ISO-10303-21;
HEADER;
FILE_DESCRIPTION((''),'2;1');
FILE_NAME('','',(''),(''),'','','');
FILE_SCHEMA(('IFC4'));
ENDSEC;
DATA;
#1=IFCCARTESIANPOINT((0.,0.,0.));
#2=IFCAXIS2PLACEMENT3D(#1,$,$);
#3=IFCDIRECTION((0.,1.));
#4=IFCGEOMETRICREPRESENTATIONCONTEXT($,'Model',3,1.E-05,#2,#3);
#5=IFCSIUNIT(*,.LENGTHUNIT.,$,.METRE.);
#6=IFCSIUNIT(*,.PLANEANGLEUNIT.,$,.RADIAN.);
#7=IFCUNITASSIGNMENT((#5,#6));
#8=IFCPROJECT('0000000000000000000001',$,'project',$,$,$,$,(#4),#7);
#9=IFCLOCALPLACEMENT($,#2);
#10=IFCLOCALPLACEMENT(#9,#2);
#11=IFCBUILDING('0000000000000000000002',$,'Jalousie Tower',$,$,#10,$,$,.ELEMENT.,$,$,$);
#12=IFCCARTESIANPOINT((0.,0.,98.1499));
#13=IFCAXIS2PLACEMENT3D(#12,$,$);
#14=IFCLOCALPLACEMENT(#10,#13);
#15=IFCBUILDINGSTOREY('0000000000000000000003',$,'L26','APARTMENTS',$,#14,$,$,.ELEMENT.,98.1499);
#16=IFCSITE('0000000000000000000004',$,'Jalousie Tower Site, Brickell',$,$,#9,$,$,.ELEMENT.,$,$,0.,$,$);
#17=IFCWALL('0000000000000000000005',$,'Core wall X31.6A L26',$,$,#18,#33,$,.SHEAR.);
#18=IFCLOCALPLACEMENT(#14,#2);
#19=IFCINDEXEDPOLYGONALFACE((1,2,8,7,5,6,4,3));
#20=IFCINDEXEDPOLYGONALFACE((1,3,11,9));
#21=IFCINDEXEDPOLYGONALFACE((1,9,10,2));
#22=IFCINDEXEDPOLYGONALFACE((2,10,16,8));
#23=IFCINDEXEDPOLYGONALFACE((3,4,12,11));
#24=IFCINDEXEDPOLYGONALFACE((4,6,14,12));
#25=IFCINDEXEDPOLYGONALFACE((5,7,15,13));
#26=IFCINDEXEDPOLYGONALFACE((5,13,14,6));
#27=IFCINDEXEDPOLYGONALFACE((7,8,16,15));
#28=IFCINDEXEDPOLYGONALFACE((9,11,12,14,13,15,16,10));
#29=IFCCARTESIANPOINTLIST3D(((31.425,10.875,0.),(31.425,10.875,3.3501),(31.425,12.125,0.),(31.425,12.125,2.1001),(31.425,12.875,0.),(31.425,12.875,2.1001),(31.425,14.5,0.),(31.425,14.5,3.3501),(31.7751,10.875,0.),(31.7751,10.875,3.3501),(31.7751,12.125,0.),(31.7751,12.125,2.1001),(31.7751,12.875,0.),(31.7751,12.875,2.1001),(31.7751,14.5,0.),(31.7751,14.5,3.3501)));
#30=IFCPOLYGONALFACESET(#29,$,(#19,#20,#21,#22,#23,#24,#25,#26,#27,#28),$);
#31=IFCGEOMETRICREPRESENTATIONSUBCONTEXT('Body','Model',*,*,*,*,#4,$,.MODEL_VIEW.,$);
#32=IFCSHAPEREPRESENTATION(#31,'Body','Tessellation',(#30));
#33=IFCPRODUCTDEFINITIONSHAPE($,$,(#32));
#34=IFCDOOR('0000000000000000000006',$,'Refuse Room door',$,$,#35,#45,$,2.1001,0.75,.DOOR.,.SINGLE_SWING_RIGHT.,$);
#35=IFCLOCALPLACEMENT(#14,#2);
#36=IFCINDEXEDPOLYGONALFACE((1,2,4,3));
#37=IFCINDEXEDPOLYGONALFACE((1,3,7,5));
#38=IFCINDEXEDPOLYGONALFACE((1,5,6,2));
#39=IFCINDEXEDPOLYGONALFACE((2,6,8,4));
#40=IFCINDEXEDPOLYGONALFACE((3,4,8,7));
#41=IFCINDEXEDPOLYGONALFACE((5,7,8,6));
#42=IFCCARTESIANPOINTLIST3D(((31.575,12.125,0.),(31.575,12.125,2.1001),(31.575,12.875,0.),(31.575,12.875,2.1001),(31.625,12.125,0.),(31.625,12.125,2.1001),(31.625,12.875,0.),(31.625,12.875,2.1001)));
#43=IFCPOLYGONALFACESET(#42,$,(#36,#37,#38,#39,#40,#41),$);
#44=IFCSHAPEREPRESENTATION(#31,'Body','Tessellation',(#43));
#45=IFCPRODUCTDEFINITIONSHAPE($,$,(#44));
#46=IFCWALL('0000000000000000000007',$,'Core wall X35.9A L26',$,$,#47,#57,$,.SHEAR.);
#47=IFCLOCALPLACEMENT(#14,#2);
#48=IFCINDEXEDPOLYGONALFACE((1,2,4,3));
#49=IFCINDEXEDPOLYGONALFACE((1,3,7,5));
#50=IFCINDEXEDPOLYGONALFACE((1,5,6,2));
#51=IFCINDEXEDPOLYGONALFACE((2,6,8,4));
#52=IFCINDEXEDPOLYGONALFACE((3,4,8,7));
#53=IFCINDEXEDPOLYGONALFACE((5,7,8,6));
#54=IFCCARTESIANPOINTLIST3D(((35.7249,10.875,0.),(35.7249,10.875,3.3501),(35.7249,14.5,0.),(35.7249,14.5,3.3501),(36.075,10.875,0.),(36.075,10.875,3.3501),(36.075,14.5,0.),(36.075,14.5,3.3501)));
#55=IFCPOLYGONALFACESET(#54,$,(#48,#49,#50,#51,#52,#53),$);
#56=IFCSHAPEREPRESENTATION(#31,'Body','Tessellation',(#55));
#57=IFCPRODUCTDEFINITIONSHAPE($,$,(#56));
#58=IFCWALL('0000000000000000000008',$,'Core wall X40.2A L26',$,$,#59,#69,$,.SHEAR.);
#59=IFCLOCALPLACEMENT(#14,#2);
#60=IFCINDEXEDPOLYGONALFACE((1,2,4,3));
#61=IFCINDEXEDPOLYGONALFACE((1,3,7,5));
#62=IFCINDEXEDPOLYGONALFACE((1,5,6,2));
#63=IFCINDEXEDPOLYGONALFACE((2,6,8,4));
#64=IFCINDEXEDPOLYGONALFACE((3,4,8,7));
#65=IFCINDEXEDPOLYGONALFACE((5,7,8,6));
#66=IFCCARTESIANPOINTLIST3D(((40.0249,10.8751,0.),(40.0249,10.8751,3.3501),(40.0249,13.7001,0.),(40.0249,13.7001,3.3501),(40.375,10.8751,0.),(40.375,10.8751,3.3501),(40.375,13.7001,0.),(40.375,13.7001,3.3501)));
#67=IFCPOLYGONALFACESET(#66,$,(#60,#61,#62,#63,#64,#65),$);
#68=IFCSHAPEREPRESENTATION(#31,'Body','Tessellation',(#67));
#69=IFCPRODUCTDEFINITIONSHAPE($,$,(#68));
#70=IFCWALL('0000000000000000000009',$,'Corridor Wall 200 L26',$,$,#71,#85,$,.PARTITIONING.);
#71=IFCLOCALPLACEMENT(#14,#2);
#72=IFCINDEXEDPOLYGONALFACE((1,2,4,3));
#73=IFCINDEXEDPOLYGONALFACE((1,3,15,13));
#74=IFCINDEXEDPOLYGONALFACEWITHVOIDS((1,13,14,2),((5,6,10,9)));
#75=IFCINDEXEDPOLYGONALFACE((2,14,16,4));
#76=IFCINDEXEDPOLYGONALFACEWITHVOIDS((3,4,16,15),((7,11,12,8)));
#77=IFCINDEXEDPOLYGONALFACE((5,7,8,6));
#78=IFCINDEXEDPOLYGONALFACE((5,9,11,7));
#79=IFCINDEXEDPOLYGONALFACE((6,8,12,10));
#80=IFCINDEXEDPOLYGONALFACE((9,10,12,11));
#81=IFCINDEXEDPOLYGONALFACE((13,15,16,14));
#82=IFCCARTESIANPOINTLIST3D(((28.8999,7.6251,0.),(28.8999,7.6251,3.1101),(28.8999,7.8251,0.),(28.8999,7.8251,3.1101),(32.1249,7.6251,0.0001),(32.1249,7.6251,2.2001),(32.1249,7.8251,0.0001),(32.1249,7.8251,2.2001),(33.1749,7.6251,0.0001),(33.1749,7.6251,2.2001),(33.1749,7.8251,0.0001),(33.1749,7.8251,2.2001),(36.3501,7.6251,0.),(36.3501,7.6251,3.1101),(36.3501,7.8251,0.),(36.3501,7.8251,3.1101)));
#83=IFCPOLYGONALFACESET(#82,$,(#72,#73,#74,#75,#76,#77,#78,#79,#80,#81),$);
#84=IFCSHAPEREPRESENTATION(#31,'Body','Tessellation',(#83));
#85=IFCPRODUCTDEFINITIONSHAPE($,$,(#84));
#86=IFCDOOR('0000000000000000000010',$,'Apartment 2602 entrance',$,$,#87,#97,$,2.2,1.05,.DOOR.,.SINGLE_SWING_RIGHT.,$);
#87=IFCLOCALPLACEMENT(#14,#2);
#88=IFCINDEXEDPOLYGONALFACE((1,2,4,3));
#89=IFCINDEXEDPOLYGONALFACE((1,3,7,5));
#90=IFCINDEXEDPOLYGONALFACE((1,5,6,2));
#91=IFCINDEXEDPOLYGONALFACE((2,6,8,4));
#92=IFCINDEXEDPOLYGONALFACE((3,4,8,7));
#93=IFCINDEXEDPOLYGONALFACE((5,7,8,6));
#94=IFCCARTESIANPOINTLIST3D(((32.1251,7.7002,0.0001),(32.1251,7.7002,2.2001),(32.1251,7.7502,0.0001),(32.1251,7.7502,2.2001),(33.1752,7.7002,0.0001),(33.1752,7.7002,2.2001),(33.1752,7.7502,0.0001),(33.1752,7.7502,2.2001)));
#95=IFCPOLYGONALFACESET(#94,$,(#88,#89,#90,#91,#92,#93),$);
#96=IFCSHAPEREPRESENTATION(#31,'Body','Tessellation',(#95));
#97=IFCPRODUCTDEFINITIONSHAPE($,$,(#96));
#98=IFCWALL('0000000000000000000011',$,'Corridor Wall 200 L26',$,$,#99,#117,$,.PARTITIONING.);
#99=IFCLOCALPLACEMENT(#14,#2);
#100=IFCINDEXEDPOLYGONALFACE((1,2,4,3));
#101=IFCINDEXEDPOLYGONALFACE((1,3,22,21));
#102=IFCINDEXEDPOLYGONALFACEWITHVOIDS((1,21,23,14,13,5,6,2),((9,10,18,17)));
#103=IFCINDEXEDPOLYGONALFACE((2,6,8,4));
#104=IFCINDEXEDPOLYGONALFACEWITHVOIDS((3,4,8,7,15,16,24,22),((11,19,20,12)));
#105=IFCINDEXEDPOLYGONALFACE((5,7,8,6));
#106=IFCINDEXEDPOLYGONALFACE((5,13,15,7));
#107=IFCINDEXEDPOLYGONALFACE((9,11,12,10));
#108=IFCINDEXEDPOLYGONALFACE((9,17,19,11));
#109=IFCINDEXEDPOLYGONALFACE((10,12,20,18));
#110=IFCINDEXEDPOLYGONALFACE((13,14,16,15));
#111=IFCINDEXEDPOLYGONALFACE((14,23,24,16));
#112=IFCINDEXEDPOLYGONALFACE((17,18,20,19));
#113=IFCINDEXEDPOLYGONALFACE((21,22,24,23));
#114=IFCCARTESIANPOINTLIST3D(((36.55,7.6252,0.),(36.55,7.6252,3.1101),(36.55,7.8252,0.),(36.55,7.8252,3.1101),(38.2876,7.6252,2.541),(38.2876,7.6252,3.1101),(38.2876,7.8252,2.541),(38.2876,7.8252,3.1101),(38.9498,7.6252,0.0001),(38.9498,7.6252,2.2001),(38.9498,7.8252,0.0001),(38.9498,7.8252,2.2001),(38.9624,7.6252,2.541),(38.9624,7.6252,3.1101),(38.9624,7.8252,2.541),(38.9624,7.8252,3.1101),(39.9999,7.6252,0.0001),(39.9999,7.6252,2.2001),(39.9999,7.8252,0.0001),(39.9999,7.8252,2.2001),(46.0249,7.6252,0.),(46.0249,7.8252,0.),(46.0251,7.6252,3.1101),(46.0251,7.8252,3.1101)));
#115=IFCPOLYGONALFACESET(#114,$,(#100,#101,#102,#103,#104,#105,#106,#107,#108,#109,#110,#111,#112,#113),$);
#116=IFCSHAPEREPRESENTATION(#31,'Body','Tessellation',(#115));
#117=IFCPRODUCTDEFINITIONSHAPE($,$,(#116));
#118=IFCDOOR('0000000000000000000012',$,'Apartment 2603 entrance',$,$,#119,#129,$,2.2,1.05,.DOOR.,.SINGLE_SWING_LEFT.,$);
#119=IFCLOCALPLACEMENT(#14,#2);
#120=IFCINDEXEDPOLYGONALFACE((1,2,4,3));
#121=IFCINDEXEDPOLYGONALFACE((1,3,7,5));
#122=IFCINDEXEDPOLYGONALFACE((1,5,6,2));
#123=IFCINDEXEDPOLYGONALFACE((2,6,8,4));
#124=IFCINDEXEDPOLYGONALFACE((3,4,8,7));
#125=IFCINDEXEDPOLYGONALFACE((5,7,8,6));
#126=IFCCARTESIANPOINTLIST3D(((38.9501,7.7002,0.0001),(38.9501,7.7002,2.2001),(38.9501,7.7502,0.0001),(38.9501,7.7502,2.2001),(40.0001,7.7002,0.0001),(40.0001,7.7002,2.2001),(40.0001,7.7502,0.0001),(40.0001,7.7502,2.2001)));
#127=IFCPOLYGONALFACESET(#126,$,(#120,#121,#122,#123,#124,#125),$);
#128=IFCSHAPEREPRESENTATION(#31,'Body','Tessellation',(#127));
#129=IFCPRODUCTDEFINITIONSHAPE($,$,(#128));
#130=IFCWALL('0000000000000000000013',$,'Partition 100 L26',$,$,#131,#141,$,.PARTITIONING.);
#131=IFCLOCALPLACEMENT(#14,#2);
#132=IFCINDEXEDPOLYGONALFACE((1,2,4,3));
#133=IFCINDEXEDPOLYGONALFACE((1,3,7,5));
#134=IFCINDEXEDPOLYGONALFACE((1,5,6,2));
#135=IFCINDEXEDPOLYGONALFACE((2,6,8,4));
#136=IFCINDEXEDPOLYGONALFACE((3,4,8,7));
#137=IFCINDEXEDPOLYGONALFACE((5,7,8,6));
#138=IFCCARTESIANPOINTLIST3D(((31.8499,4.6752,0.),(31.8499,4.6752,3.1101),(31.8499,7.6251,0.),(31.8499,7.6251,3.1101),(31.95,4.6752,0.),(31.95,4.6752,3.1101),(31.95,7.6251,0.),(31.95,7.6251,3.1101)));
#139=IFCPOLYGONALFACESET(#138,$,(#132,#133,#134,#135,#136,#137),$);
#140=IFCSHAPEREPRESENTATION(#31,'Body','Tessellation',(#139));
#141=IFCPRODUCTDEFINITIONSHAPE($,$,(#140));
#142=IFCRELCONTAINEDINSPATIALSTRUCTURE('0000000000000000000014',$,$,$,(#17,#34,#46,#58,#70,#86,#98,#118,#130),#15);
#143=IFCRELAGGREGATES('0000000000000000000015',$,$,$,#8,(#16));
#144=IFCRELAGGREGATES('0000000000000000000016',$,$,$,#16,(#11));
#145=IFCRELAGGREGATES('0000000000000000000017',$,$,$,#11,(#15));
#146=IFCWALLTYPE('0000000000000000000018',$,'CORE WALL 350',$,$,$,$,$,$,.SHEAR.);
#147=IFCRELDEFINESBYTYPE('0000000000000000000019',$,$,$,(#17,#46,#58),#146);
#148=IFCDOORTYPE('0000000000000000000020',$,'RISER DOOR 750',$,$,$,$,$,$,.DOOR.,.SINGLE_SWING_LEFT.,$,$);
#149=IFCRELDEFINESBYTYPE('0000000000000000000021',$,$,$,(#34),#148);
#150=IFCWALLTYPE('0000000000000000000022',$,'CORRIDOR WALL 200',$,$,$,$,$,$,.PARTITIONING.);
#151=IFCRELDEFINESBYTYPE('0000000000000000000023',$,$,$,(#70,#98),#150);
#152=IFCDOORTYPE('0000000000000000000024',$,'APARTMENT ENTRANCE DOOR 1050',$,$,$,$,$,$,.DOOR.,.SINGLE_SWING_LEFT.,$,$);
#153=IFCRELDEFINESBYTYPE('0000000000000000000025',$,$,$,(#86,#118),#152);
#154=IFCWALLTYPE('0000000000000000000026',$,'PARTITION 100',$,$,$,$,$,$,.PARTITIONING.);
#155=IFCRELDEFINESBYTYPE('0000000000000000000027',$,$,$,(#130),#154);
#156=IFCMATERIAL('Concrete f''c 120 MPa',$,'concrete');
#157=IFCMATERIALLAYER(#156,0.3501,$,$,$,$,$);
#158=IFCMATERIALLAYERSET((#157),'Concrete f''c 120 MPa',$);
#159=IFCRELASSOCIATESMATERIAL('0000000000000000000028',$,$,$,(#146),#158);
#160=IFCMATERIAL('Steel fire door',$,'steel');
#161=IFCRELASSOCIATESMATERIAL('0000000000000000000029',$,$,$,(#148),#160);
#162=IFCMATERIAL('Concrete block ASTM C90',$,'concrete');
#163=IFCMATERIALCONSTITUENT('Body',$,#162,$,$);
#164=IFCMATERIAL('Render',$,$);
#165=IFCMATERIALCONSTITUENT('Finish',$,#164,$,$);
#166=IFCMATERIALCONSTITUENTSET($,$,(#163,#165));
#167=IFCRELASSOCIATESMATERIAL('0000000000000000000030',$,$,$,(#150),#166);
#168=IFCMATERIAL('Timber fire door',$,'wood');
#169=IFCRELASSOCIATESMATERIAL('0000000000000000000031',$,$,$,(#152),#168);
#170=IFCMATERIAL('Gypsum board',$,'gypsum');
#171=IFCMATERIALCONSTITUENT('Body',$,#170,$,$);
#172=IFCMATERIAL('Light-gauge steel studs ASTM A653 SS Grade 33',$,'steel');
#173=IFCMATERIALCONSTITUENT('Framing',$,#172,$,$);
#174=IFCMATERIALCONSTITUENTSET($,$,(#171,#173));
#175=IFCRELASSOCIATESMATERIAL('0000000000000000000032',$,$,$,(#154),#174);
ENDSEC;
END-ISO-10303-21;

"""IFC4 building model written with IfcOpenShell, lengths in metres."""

from ifc_helpers import new_model, si_unit, direction, frame, frame_2d, origin, place, context, subcontext, project, spatial, polyline, rectangle, outline, extrude, material, layer, layer_set, constituent, constituent_set, type_object, element, fill, save


model = new_model("IFC4")

# Units and contexts
model_context = context("Model", 3, precision=1e-05, world=origin(), true_north=direction((0.0, 1.0)))
body_context = subcontext(model_context, "Body", "Model", "MODEL_VIEW")
ifc_project = project(units=[si_unit("LENGTHUNIT", "METRE"), si_unit("PLANEANGLEUNIT", "RADIAN")], contexts=[model_context])

# Site, building, storey
site_placement = place(None, origin())
site = spatial("IfcSite", under=ifc_project, at=site_placement, Name="Jalousie Tower Site, Brickell", CompositionType="ELEMENT", RefElevation=0.0)
building_placement = place(site_placement, origin())
building = spatial("IfcBuilding", under=site, at=building_placement, Name="Jalousie Tower", CompositionType="ELEMENT")
storey_placement = place(building_placement, frame((0.0, 0.0, 98.1499)))
storey = spatial("IfcBuildingStorey", under=building, at=storey_placement, Name="L26", Description="APARTMENTS", CompositionType="ELEMENT", Elevation=98.1499)

# Wall, opening, door
ifc_material_1 = material(Name="Concrete f'c 120 MPa", Category="concrete")
ifc_layer_1 = layer(ifc_material_1, 0.3501)
ifc_layer_set_1 = layer_set([ifc_layer_1], Name="Concrete f'c 120 MPa")
wall_type_1 = type_object("IfcWallType", Name="CORE WALL 350", PredefinedType="SHEAR", material=ifc_layer_set_1)
wall_1_placement = place(storey_placement, frame((31.6001, 10.875, 0.0), z_axis=(0.0, 0.0, 1.0), x_axis=(0.0, 1.0, 0.0)))
wall_1 = element("IfcWall", 1, at=wall_1_placement, inside=storey, type_object=wall_type_1, Name="Core wall X31.6A L26", PredefinedType="SHEAR", context=body_context, shape_type="SweptSolid", body=[
    extrude(rectangle(XDim=3.625, YDim=0.3501, at=frame_2d((1.8125, 0.0))), origin(), (0.0, 0.0, 1.0), 3.3501),
])
opening_1_placement = place(wall_1_placement, frame((1.25, 0.0, 0.0)))
opening_1 = element("IfcOpeningElement", 2, at=opening_1_placement, cuts=wall_1, PredefinedType="OPENING", context=body_context, shape_type="SweptSolid", body=[
    extrude(rectangle(XDim=0.75, YDim=2.1001, at=frame_2d((0.375, 1.05))), frame((0.0, 0.1851, 0.0), z_axis=(0.0, -1.0, 0.0), x_axis=(1.0, 0.0, 0.0)), (0.0, 0.0, 1.0), 0.3701),
])
ifc_material_2 = material(Name="Steel fire door", Category="steel")
door_type_1 = type_object("IfcDoorType", Name="RISER DOOR 750", OperationType="SINGLE_SWING_LEFT", PredefinedType="DOOR", material=ifc_material_2)
door_1_placement = place(opening_1_placement, frame((0.75, 0.0, 0.0), z_axis=(0.0, 0.0, 1.0), x_axis=(-1.0, 0.0, 0.0)))
door_1 = element("IfcDoor", 3, at=door_1_placement, inside=storey, type_object=door_type_1, Name="Refuse Room door", OperationType="SINGLE_SWING_RIGHT", OverallHeight=2.1001, OverallWidth=0.75, PredefinedType="DOOR", context=body_context, shape_type="SweptSolid", body=[
    extrude(rectangle(XDim=0.75, YDim=2.1001, at=frame_2d((0.375, 1.05))), frame((0.0, 0.0249, 0.0), z_axis=(0.0, -1.0, 0.0), x_axis=(1.0, 0.0, 0.0)), (0.0, 0.0, 1.0), 0.05),
])
fill(opening_1, door_1)

# Walls
wall_2_placement = place(storey_placement, frame((35.8999, 10.875, 0.0), z_axis=(0.0, 0.0, 1.0), x_axis=(0.0, 1.0, 0.0)))
element("IfcWall", 4, at=wall_2_placement, inside=storey, type_object=wall_type_1, Name="Core wall X35.9A L26", PredefinedType="SHEAR", context=body_context, shape_type="SweptSolid", body=[
    extrude(rectangle(XDim=3.625, YDim=0.3501, at=frame_2d((1.8125, 0.0))), origin(), (0.0, 0.0, 1.0), 3.3501),
])
wall_3_placement = place(storey_placement, frame((40.2, 10.875, 0.0), z_axis=(0.0, 0.0, 1.0), x_axis=(0.0, 1.0, 0.0)))
element("IfcWall", 5, at=wall_3_placement, inside=storey, type_object=wall_type_1, Name="Core wall X40.2A L26", PredefinedType="SHEAR", context=body_context, shape_type="SweptSolid", body=[
    extrude(rectangle(XDim=2.825, YDim=0.3501, at=frame_2d((1.4126, 0.0))), origin(), (0.0, 0.0, 1.0), 3.3501),
])

# Walls, openings, doors
ifc_material_3 = material(Name="Concrete block ASTM C90", Category="concrete")
ifc_constituent_1 = constituent(ifc_material_3, Name="Body")
ifc_material_4 = material(Name="Render")
ifc_constituent_2 = constituent(ifc_material_4, Name="Finish")
ifc_constituent_set_1 = constituent_set(constituents=[ifc_constituent_1, ifc_constituent_2])
wall_type_2 = type_object("IfcWallType", Name="CORRIDOR WALL 200", PredefinedType="PARTITIONING", material=ifc_constituent_set_1)
wall_4_placement = place(storey_placement, frame((28.8999, 7.7251, 0.0), z_axis=(0.0, 0.0, 1.0), x_axis=(1.0, 0.0, 0.0)))
wall_4 = element("IfcWall", 6, at=wall_4_placement, inside=storey, type_object=wall_type_2, Name="Corridor Wall 200 L26", PredefinedType="PARTITIONING", context=body_context, shape_type="SweptSolid", body=[
    extrude(rectangle(XDim=7.4502, YDim=0.2, at=frame_2d((3.7251, 0.0))), origin(), (0.0, 0.0, 1.0), 3.1101),
])
opening_2_placement = place(wall_4_placement, frame((3.2251, 0.0, 0.0)))
opening_2 = element("IfcOpeningElement", 7, at=opening_2_placement, cuts=wall_4, PredefinedType="OPENING", context=body_context, shape_type="SweptSolid", body=[
    extrude(rectangle(XDim=1.05, YDim=2.2, at=frame_2d((0.5249, 1.1001))), frame((0.0, 0.1099, 0.0), z_axis=(0.0, -1.0, 0.0), x_axis=(1.0, 0.0, 0.0)), (0.0, 0.0, 1.0), 0.22),
])
ifc_material_5 = material(Name="Timber fire door", Category="wood")
door_type_2 = type_object("IfcDoorType", Name="APARTMENT ENTRANCE DOOR 1050", OperationType="SINGLE_SWING_LEFT", PredefinedType="DOOR", material=ifc_material_5)
door_2_placement = place(opening_2_placement, frame((1.05, 0.0, 0.0), z_axis=(0.0, 0.0, 1.0), x_axis=(-1.0, 0.0, 0.0)))
door_2 = element("IfcDoor", 8, at=door_2_placement, inside=storey, type_object=door_type_2, Name="Apartment 2602 entrance", OperationType="SINGLE_SWING_RIGHT", OverallHeight=2.2, OverallWidth=1.05, PredefinedType="DOOR", context=body_context, shape_type="SweptSolid", body=[
    extrude(rectangle(XDim=1.05, YDim=2.2, at=frame_2d((0.5249, 1.1001))), frame((0.0, 0.0249, 0.0), z_axis=(0.0, -1.0, 0.0), x_axis=(1.0, 0.0, 0.0)), (0.0, 0.0, 1.0), 0.05),
])
fill(opening_2, door_2)
wall_5_placement = place(storey_placement, frame((36.55, 7.7251, 0.0), z_axis=(0.0, 0.0, 1.0), x_axis=(1.0, 0.0, 0.0)))
wall_5 = element("IfcWall", 9, at=wall_5_placement, inside=storey, type_object=wall_type_2, Name="Corridor Wall 200 L26", PredefinedType="PARTITIONING", context=body_context, shape_type="SweptSolid", body=[
    extrude(outline(polyline([(0.0, 0.0), (9.4749, 0.0), (9.4751, 3.1101), (2.4124, 3.1101), (2.4124, 2.541), (1.7375, 2.541), (1.7375, 3.1101), (0.0, 3.1101), (0.0, 0.0)])), frame((0.0, 0.1001, 0.0), z_axis=(0.0, -1.0, 0.0), x_axis=(1.0, 0.0, 0.0)), (0.0, 0.0, 1.0), 0.2),
])
opening_3_placement = place(wall_5_placement, frame((2.3999, 0.0, 0.0)))
opening_3 = element("IfcOpeningElement", 10, at=opening_3_placement, cuts=wall_5, PredefinedType="OPENING", context=body_context, shape_type="SweptSolid", body=[
    extrude(rectangle(XDim=1.05, YDim=2.2, at=frame_2d((0.5249, 1.1001))), frame((0.0, 0.1099, 0.0), z_axis=(0.0, -1.0, 0.0), x_axis=(1.0, 0.0, 0.0)), (0.0, 0.0, 1.0), 0.22),
])
door_3_placement = place(opening_3_placement, frame((1.05, 0.0, 0.0), z_axis=(0.0, 0.0, 1.0), x_axis=(-1.0, 0.0, 0.0)))
door_3 = element("IfcDoor", 11, at=door_3_placement, inside=storey, type_object=door_type_2, Name="Apartment 2603 entrance", OperationType="SINGLE_SWING_LEFT", OverallHeight=2.2, OverallWidth=1.05, PredefinedType="DOOR", context=body_context, shape_type="SweptSolid", body=[
    extrude(rectangle(XDim=1.05, YDim=2.2, at=frame_2d((0.5249, 1.1001))), frame((0.0, 0.0249, 0.0), z_axis=(0.0, -1.0, 0.0), x_axis=(1.0, 0.0, 0.0)), (0.0, 0.0, 1.0), 0.05),
])
fill(opening_3, door_3)

# Wall
ifc_material_6 = material(Name="Gypsum board", Category="gypsum")
ifc_constituent_3 = constituent(ifc_material_6, Name="Body")
ifc_material_7 = material(Name="Light-gauge steel studs ASTM A653 SS Grade 33", Category="steel")
ifc_constituent_4 = constituent(ifc_material_7, Name="Framing")
ifc_constituent_set_2 = constituent_set(constituents=[ifc_constituent_3, ifc_constituent_4])
wall_type_3 = type_object("IfcWallType", Name="PARTITION 100", PredefinedType="PARTITIONING", material=ifc_constituent_set_2)
wall_6_placement = place(storey_placement, frame((31.8999, 4.675, 0.0), z_axis=(0.0, 0.0, 1.0), x_axis=(0.0, 1.0, 0.0)))
element("IfcWall", 12, at=wall_6_placement, inside=storey, type_object=wall_type_3, Name="Partition 100 L26", PredefinedType="PARTITIONING", context=body_context, shape_type="SweptSolid", body=[
    extrude(rectangle(XDim=2.95, YDim=0.1001, at=frame_2d((1.4751, 0.0))), origin(), (0.0, 0.0, 1.0), 3.1101),
])

save(model, "model.ifc")
